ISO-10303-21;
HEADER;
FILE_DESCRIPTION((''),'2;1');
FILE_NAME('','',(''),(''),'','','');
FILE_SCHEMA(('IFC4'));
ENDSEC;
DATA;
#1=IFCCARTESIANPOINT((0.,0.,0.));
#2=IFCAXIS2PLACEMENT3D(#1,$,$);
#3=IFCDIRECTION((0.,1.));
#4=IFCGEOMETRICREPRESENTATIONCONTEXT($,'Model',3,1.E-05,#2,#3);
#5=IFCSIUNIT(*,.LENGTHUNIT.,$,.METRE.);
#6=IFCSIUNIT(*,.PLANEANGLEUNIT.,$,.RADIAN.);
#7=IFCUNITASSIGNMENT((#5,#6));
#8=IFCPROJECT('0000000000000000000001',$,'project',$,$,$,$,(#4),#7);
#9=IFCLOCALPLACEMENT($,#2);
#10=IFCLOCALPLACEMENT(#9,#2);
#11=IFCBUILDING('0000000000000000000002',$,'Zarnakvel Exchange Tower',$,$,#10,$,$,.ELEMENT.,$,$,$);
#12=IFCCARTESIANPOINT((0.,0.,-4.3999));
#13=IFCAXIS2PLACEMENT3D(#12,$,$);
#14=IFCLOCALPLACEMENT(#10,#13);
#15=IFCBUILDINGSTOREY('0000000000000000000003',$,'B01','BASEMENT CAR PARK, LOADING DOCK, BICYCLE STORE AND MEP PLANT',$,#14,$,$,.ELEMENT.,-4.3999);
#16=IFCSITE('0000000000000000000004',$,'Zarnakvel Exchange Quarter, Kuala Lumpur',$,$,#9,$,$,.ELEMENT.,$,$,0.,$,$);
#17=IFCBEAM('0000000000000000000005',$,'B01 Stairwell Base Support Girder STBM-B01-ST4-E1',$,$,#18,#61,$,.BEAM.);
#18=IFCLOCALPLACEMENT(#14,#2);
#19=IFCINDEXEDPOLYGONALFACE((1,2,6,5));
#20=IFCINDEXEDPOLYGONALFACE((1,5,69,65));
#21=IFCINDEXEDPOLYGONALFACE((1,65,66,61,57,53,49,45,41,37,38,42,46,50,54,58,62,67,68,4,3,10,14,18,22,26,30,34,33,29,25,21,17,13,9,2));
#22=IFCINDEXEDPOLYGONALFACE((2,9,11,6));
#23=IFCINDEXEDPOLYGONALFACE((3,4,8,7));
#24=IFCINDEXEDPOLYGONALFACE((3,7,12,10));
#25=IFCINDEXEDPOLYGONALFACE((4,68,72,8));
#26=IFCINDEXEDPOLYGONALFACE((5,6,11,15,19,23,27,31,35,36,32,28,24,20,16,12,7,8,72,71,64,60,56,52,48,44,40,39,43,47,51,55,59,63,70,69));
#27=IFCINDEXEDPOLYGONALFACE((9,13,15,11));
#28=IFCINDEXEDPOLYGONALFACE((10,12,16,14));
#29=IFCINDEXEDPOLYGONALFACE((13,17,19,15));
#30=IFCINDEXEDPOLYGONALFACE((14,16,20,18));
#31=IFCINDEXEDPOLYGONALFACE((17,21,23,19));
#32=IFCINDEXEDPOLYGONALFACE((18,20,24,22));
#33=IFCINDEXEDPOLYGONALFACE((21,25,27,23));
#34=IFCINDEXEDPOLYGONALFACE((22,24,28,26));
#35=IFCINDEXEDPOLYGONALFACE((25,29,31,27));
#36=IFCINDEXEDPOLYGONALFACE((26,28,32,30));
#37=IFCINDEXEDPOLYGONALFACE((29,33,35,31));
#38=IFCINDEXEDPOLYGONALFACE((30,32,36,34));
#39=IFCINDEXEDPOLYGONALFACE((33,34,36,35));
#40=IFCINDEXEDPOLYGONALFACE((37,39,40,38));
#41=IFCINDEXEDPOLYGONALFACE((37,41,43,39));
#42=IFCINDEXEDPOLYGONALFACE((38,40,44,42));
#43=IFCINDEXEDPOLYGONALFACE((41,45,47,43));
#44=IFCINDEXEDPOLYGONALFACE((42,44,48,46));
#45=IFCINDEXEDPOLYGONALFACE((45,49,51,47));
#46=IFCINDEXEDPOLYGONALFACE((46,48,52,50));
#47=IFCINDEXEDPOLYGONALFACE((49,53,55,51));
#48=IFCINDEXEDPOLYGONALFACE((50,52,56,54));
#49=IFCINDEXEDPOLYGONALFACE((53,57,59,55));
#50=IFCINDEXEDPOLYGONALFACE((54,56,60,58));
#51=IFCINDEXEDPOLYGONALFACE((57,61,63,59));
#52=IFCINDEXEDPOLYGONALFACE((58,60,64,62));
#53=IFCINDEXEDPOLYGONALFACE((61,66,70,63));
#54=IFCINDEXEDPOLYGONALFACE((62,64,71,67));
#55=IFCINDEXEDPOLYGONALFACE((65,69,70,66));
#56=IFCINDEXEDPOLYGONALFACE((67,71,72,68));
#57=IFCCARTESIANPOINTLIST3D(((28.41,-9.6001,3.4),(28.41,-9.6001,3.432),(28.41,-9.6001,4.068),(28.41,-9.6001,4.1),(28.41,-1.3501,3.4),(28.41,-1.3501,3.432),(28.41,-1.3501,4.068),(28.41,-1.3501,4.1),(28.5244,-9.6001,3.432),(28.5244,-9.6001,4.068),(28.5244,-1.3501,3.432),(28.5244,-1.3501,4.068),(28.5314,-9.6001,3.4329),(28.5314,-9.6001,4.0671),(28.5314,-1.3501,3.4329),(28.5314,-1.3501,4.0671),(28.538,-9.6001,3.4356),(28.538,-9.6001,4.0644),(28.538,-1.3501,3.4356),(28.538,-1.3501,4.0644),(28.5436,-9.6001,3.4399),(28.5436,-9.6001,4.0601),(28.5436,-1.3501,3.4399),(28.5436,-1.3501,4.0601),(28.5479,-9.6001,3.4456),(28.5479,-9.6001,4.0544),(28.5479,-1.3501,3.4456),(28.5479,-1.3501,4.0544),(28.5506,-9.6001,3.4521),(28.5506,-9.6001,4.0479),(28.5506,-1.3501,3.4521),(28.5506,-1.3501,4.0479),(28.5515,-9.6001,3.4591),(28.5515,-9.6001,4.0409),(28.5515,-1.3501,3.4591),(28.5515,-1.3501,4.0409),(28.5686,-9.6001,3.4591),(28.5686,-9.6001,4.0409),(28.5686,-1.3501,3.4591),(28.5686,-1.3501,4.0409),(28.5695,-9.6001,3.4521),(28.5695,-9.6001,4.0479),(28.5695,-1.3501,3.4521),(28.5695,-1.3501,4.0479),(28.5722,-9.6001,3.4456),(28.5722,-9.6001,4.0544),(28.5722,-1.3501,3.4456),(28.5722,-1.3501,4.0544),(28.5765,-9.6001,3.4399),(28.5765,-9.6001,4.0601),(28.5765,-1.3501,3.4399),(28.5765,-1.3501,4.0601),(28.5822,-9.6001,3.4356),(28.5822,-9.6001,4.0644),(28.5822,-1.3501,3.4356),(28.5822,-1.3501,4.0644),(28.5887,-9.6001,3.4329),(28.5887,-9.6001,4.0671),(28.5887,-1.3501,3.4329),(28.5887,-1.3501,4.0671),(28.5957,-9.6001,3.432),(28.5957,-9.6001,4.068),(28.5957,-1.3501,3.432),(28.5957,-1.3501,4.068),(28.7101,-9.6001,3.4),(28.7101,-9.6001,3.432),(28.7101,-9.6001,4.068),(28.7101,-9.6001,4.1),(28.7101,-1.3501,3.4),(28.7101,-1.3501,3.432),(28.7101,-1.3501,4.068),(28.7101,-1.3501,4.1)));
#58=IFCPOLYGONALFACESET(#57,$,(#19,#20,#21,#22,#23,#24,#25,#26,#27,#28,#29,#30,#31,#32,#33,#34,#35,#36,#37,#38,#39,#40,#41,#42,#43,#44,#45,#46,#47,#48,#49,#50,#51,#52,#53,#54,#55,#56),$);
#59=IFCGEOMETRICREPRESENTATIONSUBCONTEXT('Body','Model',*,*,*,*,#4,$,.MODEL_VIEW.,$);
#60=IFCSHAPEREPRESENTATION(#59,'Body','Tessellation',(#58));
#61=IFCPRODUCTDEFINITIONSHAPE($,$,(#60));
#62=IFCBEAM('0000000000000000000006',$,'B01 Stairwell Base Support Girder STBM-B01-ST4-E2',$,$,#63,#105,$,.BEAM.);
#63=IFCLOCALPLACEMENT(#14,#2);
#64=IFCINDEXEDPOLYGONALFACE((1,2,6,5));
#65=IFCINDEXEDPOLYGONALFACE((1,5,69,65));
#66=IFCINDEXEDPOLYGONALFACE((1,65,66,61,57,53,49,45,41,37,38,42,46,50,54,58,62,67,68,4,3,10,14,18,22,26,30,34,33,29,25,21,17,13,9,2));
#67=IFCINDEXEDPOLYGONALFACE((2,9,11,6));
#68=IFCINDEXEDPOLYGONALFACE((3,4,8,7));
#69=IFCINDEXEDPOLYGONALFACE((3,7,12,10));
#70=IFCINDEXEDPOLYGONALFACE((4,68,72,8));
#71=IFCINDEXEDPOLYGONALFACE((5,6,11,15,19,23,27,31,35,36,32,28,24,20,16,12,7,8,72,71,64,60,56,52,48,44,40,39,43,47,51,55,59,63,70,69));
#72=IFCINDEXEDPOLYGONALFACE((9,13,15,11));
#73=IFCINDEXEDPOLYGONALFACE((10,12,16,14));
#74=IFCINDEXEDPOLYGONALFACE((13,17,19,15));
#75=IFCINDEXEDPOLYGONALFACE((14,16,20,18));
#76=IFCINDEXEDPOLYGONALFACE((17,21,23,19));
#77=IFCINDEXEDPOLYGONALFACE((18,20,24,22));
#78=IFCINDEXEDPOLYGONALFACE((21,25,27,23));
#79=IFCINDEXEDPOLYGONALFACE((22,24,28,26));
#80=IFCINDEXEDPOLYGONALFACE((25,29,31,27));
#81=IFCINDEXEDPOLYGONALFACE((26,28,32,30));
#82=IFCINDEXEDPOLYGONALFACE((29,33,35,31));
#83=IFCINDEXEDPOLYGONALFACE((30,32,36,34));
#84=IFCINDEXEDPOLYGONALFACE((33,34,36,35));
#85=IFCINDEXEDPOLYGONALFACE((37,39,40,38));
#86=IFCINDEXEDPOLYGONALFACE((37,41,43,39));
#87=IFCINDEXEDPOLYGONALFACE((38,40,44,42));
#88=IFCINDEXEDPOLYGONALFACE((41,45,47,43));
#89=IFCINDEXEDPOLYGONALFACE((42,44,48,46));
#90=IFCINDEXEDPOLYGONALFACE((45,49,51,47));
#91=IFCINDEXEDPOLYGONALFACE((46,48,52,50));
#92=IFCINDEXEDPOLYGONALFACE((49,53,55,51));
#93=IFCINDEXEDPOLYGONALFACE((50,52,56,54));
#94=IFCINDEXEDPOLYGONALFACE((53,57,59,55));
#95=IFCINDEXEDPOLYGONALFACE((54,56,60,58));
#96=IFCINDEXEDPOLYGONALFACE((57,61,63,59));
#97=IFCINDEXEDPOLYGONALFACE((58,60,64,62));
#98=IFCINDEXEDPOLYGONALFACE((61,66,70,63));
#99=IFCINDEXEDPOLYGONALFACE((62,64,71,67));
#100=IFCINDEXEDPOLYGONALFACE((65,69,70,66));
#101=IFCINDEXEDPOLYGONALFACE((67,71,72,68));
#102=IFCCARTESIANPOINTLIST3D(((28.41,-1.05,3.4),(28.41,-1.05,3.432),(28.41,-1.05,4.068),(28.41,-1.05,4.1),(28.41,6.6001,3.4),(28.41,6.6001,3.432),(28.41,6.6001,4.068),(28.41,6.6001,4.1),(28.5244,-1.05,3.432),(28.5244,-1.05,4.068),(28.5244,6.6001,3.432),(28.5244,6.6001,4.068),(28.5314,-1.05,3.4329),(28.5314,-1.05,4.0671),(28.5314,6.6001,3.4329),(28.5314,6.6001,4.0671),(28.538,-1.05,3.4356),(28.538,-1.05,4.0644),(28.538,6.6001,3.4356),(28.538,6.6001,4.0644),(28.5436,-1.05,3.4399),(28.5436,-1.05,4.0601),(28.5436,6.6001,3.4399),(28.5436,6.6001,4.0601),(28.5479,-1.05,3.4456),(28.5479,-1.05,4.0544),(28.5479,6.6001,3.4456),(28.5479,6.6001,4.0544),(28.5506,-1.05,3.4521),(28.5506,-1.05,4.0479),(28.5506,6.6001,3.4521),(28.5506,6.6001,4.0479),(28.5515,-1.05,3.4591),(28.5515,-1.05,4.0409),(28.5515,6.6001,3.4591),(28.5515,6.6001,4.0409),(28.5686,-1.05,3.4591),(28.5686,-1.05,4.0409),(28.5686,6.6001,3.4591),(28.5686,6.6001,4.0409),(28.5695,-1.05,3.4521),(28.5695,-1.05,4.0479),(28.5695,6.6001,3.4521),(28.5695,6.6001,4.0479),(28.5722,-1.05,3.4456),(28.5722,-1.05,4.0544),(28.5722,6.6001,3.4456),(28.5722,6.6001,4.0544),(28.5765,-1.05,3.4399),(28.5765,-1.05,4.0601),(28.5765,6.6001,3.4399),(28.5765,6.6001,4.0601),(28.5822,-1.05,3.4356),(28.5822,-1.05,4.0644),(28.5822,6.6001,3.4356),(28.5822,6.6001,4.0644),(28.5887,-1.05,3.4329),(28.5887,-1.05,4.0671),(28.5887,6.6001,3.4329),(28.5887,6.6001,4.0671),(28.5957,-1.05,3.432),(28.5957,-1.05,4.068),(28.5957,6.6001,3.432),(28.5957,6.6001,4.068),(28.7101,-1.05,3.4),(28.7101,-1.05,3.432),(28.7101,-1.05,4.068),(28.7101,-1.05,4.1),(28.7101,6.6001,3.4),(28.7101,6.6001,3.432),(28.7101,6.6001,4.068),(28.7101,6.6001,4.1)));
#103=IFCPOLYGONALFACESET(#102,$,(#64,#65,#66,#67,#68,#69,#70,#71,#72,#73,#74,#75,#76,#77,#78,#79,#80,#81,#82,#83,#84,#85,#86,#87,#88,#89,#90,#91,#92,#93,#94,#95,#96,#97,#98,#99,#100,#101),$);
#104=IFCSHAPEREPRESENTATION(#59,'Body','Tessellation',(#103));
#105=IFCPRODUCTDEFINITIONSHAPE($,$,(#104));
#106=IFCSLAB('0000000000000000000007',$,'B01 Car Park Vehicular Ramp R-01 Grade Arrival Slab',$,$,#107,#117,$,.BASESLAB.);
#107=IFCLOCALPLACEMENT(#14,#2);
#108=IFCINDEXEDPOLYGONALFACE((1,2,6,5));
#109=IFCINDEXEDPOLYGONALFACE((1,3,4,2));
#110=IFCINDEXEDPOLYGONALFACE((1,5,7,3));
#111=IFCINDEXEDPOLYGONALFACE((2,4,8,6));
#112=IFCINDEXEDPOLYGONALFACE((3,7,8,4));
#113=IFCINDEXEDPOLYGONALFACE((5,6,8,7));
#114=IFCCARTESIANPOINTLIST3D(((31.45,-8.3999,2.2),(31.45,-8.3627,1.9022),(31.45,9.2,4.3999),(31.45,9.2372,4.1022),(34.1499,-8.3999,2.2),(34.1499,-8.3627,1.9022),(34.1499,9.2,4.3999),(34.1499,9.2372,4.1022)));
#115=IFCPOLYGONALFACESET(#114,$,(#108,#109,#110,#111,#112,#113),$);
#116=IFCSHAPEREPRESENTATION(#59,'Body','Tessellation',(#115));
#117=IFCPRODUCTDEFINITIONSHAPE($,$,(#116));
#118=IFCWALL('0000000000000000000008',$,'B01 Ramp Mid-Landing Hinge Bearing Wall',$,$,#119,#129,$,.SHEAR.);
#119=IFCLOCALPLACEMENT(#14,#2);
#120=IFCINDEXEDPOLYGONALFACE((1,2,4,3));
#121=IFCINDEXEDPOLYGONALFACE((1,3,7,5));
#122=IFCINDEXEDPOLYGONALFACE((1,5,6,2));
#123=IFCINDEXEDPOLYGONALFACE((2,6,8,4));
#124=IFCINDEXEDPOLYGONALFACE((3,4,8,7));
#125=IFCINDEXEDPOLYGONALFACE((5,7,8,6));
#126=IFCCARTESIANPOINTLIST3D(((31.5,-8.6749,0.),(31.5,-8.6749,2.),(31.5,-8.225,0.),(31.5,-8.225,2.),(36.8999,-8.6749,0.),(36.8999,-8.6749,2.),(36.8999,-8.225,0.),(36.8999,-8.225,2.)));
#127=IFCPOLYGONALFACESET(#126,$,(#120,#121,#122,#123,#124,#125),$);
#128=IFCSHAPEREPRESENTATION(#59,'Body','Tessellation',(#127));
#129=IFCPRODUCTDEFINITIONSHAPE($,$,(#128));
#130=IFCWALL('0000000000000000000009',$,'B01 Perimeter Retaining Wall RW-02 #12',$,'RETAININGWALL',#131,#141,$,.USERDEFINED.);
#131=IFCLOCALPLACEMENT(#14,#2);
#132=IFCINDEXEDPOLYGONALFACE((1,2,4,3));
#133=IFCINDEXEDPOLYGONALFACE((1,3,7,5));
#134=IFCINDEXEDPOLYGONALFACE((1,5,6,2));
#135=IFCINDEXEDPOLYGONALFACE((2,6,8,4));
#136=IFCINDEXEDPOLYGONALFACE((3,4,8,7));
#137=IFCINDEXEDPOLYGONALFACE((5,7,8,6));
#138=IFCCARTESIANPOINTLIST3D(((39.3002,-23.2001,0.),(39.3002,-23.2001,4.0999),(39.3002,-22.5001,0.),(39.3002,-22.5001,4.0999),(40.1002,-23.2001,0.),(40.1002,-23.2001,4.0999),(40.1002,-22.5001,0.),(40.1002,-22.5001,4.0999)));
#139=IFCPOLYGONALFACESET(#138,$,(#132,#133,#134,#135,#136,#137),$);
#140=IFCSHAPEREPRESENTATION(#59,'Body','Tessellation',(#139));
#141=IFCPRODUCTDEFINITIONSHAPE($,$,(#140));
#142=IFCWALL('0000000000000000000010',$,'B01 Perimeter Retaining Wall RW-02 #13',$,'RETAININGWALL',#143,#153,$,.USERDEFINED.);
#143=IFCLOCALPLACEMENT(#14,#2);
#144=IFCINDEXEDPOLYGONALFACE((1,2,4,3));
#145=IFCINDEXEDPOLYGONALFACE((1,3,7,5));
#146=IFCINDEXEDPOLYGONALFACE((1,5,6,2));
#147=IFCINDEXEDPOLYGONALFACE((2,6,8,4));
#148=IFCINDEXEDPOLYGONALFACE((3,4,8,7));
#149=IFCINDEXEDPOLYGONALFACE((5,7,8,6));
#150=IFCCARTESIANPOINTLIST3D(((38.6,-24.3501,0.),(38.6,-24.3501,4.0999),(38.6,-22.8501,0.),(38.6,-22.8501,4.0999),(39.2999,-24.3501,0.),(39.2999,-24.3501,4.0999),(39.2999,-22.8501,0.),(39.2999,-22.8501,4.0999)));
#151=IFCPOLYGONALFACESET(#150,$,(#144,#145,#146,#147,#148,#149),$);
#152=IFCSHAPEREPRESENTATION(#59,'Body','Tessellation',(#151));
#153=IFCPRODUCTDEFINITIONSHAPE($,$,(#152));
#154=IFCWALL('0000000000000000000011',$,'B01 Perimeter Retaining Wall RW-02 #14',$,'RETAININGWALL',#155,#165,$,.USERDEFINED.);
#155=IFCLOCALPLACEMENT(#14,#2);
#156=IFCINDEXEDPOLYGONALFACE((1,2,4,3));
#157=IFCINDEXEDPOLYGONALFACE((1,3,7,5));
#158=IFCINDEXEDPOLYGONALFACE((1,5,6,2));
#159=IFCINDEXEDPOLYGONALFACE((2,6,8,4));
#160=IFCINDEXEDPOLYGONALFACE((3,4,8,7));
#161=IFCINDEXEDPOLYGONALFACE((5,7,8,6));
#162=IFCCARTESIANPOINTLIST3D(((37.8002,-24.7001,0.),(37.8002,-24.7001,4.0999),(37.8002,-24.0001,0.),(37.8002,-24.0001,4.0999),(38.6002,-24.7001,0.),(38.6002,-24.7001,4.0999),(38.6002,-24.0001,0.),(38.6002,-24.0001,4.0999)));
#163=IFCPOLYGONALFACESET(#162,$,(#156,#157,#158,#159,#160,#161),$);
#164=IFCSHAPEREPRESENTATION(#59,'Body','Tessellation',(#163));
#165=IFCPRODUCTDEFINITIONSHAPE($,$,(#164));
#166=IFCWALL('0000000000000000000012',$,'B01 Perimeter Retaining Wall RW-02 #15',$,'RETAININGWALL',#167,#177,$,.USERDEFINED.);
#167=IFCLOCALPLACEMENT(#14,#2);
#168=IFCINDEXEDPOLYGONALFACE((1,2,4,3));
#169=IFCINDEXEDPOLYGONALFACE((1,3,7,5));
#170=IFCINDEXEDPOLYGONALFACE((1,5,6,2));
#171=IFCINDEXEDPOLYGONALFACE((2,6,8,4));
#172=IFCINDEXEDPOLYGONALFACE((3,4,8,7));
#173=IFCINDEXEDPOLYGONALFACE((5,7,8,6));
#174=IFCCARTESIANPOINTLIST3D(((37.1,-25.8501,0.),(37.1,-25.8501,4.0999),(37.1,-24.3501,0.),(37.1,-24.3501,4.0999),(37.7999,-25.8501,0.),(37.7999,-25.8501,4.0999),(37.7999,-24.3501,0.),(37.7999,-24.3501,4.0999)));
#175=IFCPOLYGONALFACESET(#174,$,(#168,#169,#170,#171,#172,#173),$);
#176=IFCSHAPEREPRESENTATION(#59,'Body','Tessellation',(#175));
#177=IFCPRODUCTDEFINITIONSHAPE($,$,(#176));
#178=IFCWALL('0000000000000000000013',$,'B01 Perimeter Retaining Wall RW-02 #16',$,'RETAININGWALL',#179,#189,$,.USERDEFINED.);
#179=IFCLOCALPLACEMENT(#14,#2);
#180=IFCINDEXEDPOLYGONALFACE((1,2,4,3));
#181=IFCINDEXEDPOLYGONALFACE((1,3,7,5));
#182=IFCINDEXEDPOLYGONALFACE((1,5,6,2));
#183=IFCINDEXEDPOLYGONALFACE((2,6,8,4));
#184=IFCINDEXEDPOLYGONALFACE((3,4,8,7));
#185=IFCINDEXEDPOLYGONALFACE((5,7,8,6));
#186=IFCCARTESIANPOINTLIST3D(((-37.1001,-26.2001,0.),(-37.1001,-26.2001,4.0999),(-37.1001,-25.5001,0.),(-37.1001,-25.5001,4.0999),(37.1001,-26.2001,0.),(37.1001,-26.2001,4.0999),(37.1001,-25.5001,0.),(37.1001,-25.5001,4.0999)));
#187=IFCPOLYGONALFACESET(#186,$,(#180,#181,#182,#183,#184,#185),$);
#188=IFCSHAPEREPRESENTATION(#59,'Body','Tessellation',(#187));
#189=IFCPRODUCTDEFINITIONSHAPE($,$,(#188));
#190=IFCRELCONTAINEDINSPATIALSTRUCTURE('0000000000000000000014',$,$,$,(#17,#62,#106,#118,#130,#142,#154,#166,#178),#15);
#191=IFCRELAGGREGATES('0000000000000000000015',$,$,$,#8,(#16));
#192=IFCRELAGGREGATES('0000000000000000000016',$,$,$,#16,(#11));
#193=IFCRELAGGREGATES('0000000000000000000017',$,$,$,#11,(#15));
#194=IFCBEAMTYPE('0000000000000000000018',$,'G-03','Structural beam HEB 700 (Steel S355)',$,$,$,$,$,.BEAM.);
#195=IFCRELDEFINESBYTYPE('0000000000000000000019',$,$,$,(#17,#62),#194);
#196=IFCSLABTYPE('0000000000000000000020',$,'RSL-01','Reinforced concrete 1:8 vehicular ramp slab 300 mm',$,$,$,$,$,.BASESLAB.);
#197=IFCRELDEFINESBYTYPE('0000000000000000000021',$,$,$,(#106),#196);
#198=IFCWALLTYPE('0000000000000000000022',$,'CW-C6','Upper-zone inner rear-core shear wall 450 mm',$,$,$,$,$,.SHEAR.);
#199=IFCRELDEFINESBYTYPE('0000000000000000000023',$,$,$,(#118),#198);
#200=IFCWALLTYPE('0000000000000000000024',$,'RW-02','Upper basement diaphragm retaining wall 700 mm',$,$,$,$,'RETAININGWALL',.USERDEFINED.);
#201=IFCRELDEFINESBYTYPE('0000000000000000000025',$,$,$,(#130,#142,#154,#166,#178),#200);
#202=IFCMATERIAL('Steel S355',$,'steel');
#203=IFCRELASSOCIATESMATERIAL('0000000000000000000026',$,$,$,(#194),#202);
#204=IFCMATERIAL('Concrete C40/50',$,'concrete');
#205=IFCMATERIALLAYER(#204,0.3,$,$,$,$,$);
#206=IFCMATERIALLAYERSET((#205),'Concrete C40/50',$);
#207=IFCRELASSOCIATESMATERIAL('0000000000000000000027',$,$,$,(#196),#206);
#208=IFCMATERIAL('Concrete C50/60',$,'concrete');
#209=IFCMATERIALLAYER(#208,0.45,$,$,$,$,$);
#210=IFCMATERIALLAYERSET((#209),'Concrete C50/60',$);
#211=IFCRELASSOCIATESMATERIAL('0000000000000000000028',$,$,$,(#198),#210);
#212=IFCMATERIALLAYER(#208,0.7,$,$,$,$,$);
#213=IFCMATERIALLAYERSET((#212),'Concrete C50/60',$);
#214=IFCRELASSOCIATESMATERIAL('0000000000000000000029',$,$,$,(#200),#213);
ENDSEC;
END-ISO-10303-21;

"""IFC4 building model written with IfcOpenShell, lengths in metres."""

from ifc_helpers import new_model, si_unit, direction, frame, frame_2d, origin, origin_2d, place, context, subcontext, project, spatial, polyline, rectangle, i_section, outline, extrude, material, layer, layer_set, material_profile, profile_set, type_object, element, save


model = new_model("IFC4")

# Units and contexts
model_context = context("Model", 3, precision=1e-05, world=origin(), true_north=direction((0.0, 1.0)))
body_context = subcontext(model_context, "Body", "Model", "MODEL_VIEW")
ifc_project = project(units=[si_unit("LENGTHUNIT", "METRE"), si_unit("PLANEANGLEUNIT", "RADIAN")], contexts=[model_context])

# Site, building, storey
site_placement = place(None, origin())
site = spatial("IfcSite", under=ifc_project, at=site_placement, Name="Zarnakvel Exchange Quarter, Kuala Lumpur", CompositionType="ELEMENT", RefElevation=0.0)
building_placement = place(site_placement, origin())
building = spatial("IfcBuilding", under=site, at=building_placement, Name="Zarnakvel Exchange Tower", CompositionType="ELEMENT")
storey_placement = place(building_placement, frame((0.0, 0.0, -4.3999)))
storey = spatial("IfcBuildingStorey", under=building, at=storey_placement, Name="B01", Description="BASEMENT CAR PARK, LOADING DOCK, BICYCLE STORE AND MEP PLANT", CompositionType="ELEMENT", Elevation=-4.3999)

# Beams
ifc_material_1 = material(Name="Steel S355", Category="steel")
ifc_material_profile_1 = material_profile(ifc_material_1, i_section(OverallWidth=0.3, OverallDepth=0.7, WebThickness=0.0171, FlangeThickness=0.032, FilletRadius=0.0271, at=origin_2d()))
ifc_profile_set_1 = profile_set([ifc_material_profile_1], Name="Steel S355")
beam_type_1 = type_object("IfcBeamType", Name="G-03", Description="Structural beam HEB 700 (Steel S355)", PredefinedType="BEAM", material=ifc_profile_set_1)
beam_1_placement = place(storey_placement, frame((28.5601, -9.6001, 3.75), z_axis=(0.0, 1.0, 0.0), x_axis=(-1.0, 0.0, 0.0)))
element("IfcBeam", 1, at=beam_1_placement, inside=storey, type_object=beam_type_1, Name="B01 Stairwell Base Support Girder STBM-B01-ST4-E1", PredefinedType="BEAM", context=body_context, shape_type="SweptSolid", body=[
    extrude(i_section(OverallWidth=0.3, OverallDepth=0.7, WebThickness=0.0171, FlangeThickness=0.032, FilletRadius=0.0271, at=origin_2d()), origin(), (0.0, 0.0, 1.0), 8.25),
])
beam_2_placement = place(storey_placement, frame((28.5601, -1.05, 3.75), z_axis=(0.0, 1.0, 0.0), x_axis=(-1.0, 0.0, 0.0)))
element("IfcBeam", 2, at=beam_2_placement, inside=storey, type_object=beam_type_1, Name="B01 Stairwell Base Support Girder STBM-B01-ST4-E2", PredefinedType="BEAM", context=body_context, shape_type="SweptSolid", body=[
    extrude(i_section(OverallWidth=0.3, OverallDepth=0.7, WebThickness=0.0171, FlangeThickness=0.032, FilletRadius=0.0271, at=origin_2d()), origin(), (0.0, 0.0, 1.0), 7.6501),
])

# Slab
ifc_material_2 = material(Name="Concrete C40/50", Category="concrete")
ifc_layer_1 = layer(ifc_material_2, 0.3)
ifc_layer_set_1 = layer_set([ifc_layer_1], Name="Concrete C40/50")
slab_type = type_object("IfcSlabType", Name="RSL-01", Description="Reinforced concrete 1:8 vehicular ramp slab 300 mm", PredefinedType="BASESLAB", material=ifc_layer_set_1)
slab_placement = place(storey_placement, frame((31.45, -8.3999, 2.2), z_axis=(0.0, -0.124033, 0.992278), x_axis=(1.0, 0.0, 0.0)))
element("IfcSlab", 3, at=slab_placement, inside=storey, type_object=slab_type, Name="B01 Car Park Vehicular Ramp R-01 Grade Arrival Slab", PredefinedType="BASESLAB", context=body_context, shape_type="SweptSolid", body=[
    extrude(outline(polyline([(0.0, 0.0), (2.7, 0.0), (2.7, 17.7368), (0.0, 17.7368), (0.0, 0.0)])), origin(), (0.0, 0.0, -1.0), 0.3),
])

# Walls
ifc_material_3 = material(Name="Concrete C50/60", Category="concrete")
ifc_layer_2 = layer(ifc_material_3, 0.45)
ifc_layer_set_2 = layer_set([ifc_layer_2], Name="Concrete C50/60")
wall_type_1 = type_object("IfcWallType", Name="CW-C6", Description="Upper-zone inner rear-core shear wall 450 mm", PredefinedType="SHEAR", material=ifc_layer_set_2)
wall_1_placement = place(storey_placement, frame((31.5, -8.45, 0.0), z_axis=(0.0, 0.0, 1.0), x_axis=(1.0, 0.0, 0.0)))
element("IfcWall", 4, at=wall_1_placement, inside=storey, type_object=wall_type_1, Name="B01 Ramp Mid-Landing Hinge Bearing Wall", PredefinedType="SHEAR", context=body_context, shape_type="SweptSolid", body=[
    extrude(rectangle(XDim=5.3999, YDim=0.45, at=frame_2d((2.7, 0.0))), origin(), (0.0, 0.0, 1.0), 2.0),
])
ifc_layer_3 = layer(ifc_material_3, 0.7)
ifc_layer_set_3 = layer_set([ifc_layer_3], Name="Concrete C50/60")
wall_type_2 = type_object("IfcWallType", Name="RW-02", Description="Upper basement diaphragm retaining wall 700 mm", ElementType="RETAININGWALL", PredefinedType="USERDEFINED", material=ifc_layer_set_3)
wall_2_placement = place(storey_placement, frame((40.1001, -22.8501, 0.0), z_axis=(0.0, 0.0, 1.0), x_axis=(-1.0, 0.0, 0.0)))
element("IfcWall", 5, at=wall_2_placement, inside=storey, type_object=wall_type_2, Name="B01 Perimeter Retaining Wall RW-02 #12", ObjectType="RETAININGWALL", PredefinedType="USERDEFINED", context=body_context, shape_type="SweptSolid", body=[
    extrude(rectangle(XDim=0.8, YDim=0.7, at=frame_2d((0.3999, 0.0))), origin(), (0.0, 0.0, 1.0), 4.0999),
])
wall_3_placement = place(storey_placement, frame((38.95, -22.8501, 0.0), z_axis=(0.0, 0.0, 1.0), x_axis=(0.0, -1.0, 0.0)))
element("IfcWall", 6, at=wall_3_placement, inside=storey, type_object=wall_type_2, Name="B01 Perimeter Retaining Wall RW-02 #13", ObjectType="RETAININGWALL", PredefinedType="USERDEFINED", context=body_context, shape_type="SweptSolid", body=[
    extrude(rectangle(XDim=1.5, YDim=0.7, at=frame_2d((0.75, 0.0))), origin(), (0.0, 0.0, 1.0), 4.0999),
])
wall_4_placement = place(storey_placement, frame((38.6001, -24.3501, 0.0), z_axis=(0.0, 0.0, 1.0), x_axis=(-1.0, 0.0, 0.0)))
element("IfcWall", 7, at=wall_4_placement, inside=storey, type_object=wall_type_2, Name="B01 Perimeter Retaining Wall RW-02 #14", ObjectType="RETAININGWALL", PredefinedType="USERDEFINED", context=body_context, shape_type="SweptSolid", body=[
    extrude(rectangle(XDim=0.8, YDim=0.7, at=frame_2d((0.3999, 0.0))), origin(), (0.0, 0.0, 1.0), 4.0999),
])
wall_5_placement = place(storey_placement, frame((37.45, -24.3501, 0.0), z_axis=(0.0, 0.0, 1.0), x_axis=(0.0, -1.0, 0.0)))
element("IfcWall", 8, at=wall_5_placement, inside=storey, type_object=wall_type_2, Name="B01 Perimeter Retaining Wall RW-02 #15", ObjectType="RETAININGWALL", PredefinedType="USERDEFINED", context=body_context, shape_type="SweptSolid", body=[
    extrude(rectangle(XDim=1.5, YDim=0.7, at=frame_2d((0.75, 0.0))), origin(), (0.0, 0.0, 1.0), 4.0999),
])
wall_6_placement = place(storey_placement, frame((37.1001, -25.8501, 0.0), z_axis=(0.0, 0.0, 1.0), x_axis=(-1.0, 0.0, 0.0)))
element("IfcWall", 9, at=wall_6_placement, inside=storey, type_object=wall_type_2, Name="B01 Perimeter Retaining Wall RW-02 #16", ObjectType="RETAININGWALL", PredefinedType="USERDEFINED", context=body_context, shape_type="SweptSolid", body=[
    extrude(rectangle(XDim=74.2002, YDim=0.7, at=frame_2d((37.1001, 0.0))), origin(), (0.0, 0.0, 1.0), 4.0999),
])

save(model, "model.ifc")
